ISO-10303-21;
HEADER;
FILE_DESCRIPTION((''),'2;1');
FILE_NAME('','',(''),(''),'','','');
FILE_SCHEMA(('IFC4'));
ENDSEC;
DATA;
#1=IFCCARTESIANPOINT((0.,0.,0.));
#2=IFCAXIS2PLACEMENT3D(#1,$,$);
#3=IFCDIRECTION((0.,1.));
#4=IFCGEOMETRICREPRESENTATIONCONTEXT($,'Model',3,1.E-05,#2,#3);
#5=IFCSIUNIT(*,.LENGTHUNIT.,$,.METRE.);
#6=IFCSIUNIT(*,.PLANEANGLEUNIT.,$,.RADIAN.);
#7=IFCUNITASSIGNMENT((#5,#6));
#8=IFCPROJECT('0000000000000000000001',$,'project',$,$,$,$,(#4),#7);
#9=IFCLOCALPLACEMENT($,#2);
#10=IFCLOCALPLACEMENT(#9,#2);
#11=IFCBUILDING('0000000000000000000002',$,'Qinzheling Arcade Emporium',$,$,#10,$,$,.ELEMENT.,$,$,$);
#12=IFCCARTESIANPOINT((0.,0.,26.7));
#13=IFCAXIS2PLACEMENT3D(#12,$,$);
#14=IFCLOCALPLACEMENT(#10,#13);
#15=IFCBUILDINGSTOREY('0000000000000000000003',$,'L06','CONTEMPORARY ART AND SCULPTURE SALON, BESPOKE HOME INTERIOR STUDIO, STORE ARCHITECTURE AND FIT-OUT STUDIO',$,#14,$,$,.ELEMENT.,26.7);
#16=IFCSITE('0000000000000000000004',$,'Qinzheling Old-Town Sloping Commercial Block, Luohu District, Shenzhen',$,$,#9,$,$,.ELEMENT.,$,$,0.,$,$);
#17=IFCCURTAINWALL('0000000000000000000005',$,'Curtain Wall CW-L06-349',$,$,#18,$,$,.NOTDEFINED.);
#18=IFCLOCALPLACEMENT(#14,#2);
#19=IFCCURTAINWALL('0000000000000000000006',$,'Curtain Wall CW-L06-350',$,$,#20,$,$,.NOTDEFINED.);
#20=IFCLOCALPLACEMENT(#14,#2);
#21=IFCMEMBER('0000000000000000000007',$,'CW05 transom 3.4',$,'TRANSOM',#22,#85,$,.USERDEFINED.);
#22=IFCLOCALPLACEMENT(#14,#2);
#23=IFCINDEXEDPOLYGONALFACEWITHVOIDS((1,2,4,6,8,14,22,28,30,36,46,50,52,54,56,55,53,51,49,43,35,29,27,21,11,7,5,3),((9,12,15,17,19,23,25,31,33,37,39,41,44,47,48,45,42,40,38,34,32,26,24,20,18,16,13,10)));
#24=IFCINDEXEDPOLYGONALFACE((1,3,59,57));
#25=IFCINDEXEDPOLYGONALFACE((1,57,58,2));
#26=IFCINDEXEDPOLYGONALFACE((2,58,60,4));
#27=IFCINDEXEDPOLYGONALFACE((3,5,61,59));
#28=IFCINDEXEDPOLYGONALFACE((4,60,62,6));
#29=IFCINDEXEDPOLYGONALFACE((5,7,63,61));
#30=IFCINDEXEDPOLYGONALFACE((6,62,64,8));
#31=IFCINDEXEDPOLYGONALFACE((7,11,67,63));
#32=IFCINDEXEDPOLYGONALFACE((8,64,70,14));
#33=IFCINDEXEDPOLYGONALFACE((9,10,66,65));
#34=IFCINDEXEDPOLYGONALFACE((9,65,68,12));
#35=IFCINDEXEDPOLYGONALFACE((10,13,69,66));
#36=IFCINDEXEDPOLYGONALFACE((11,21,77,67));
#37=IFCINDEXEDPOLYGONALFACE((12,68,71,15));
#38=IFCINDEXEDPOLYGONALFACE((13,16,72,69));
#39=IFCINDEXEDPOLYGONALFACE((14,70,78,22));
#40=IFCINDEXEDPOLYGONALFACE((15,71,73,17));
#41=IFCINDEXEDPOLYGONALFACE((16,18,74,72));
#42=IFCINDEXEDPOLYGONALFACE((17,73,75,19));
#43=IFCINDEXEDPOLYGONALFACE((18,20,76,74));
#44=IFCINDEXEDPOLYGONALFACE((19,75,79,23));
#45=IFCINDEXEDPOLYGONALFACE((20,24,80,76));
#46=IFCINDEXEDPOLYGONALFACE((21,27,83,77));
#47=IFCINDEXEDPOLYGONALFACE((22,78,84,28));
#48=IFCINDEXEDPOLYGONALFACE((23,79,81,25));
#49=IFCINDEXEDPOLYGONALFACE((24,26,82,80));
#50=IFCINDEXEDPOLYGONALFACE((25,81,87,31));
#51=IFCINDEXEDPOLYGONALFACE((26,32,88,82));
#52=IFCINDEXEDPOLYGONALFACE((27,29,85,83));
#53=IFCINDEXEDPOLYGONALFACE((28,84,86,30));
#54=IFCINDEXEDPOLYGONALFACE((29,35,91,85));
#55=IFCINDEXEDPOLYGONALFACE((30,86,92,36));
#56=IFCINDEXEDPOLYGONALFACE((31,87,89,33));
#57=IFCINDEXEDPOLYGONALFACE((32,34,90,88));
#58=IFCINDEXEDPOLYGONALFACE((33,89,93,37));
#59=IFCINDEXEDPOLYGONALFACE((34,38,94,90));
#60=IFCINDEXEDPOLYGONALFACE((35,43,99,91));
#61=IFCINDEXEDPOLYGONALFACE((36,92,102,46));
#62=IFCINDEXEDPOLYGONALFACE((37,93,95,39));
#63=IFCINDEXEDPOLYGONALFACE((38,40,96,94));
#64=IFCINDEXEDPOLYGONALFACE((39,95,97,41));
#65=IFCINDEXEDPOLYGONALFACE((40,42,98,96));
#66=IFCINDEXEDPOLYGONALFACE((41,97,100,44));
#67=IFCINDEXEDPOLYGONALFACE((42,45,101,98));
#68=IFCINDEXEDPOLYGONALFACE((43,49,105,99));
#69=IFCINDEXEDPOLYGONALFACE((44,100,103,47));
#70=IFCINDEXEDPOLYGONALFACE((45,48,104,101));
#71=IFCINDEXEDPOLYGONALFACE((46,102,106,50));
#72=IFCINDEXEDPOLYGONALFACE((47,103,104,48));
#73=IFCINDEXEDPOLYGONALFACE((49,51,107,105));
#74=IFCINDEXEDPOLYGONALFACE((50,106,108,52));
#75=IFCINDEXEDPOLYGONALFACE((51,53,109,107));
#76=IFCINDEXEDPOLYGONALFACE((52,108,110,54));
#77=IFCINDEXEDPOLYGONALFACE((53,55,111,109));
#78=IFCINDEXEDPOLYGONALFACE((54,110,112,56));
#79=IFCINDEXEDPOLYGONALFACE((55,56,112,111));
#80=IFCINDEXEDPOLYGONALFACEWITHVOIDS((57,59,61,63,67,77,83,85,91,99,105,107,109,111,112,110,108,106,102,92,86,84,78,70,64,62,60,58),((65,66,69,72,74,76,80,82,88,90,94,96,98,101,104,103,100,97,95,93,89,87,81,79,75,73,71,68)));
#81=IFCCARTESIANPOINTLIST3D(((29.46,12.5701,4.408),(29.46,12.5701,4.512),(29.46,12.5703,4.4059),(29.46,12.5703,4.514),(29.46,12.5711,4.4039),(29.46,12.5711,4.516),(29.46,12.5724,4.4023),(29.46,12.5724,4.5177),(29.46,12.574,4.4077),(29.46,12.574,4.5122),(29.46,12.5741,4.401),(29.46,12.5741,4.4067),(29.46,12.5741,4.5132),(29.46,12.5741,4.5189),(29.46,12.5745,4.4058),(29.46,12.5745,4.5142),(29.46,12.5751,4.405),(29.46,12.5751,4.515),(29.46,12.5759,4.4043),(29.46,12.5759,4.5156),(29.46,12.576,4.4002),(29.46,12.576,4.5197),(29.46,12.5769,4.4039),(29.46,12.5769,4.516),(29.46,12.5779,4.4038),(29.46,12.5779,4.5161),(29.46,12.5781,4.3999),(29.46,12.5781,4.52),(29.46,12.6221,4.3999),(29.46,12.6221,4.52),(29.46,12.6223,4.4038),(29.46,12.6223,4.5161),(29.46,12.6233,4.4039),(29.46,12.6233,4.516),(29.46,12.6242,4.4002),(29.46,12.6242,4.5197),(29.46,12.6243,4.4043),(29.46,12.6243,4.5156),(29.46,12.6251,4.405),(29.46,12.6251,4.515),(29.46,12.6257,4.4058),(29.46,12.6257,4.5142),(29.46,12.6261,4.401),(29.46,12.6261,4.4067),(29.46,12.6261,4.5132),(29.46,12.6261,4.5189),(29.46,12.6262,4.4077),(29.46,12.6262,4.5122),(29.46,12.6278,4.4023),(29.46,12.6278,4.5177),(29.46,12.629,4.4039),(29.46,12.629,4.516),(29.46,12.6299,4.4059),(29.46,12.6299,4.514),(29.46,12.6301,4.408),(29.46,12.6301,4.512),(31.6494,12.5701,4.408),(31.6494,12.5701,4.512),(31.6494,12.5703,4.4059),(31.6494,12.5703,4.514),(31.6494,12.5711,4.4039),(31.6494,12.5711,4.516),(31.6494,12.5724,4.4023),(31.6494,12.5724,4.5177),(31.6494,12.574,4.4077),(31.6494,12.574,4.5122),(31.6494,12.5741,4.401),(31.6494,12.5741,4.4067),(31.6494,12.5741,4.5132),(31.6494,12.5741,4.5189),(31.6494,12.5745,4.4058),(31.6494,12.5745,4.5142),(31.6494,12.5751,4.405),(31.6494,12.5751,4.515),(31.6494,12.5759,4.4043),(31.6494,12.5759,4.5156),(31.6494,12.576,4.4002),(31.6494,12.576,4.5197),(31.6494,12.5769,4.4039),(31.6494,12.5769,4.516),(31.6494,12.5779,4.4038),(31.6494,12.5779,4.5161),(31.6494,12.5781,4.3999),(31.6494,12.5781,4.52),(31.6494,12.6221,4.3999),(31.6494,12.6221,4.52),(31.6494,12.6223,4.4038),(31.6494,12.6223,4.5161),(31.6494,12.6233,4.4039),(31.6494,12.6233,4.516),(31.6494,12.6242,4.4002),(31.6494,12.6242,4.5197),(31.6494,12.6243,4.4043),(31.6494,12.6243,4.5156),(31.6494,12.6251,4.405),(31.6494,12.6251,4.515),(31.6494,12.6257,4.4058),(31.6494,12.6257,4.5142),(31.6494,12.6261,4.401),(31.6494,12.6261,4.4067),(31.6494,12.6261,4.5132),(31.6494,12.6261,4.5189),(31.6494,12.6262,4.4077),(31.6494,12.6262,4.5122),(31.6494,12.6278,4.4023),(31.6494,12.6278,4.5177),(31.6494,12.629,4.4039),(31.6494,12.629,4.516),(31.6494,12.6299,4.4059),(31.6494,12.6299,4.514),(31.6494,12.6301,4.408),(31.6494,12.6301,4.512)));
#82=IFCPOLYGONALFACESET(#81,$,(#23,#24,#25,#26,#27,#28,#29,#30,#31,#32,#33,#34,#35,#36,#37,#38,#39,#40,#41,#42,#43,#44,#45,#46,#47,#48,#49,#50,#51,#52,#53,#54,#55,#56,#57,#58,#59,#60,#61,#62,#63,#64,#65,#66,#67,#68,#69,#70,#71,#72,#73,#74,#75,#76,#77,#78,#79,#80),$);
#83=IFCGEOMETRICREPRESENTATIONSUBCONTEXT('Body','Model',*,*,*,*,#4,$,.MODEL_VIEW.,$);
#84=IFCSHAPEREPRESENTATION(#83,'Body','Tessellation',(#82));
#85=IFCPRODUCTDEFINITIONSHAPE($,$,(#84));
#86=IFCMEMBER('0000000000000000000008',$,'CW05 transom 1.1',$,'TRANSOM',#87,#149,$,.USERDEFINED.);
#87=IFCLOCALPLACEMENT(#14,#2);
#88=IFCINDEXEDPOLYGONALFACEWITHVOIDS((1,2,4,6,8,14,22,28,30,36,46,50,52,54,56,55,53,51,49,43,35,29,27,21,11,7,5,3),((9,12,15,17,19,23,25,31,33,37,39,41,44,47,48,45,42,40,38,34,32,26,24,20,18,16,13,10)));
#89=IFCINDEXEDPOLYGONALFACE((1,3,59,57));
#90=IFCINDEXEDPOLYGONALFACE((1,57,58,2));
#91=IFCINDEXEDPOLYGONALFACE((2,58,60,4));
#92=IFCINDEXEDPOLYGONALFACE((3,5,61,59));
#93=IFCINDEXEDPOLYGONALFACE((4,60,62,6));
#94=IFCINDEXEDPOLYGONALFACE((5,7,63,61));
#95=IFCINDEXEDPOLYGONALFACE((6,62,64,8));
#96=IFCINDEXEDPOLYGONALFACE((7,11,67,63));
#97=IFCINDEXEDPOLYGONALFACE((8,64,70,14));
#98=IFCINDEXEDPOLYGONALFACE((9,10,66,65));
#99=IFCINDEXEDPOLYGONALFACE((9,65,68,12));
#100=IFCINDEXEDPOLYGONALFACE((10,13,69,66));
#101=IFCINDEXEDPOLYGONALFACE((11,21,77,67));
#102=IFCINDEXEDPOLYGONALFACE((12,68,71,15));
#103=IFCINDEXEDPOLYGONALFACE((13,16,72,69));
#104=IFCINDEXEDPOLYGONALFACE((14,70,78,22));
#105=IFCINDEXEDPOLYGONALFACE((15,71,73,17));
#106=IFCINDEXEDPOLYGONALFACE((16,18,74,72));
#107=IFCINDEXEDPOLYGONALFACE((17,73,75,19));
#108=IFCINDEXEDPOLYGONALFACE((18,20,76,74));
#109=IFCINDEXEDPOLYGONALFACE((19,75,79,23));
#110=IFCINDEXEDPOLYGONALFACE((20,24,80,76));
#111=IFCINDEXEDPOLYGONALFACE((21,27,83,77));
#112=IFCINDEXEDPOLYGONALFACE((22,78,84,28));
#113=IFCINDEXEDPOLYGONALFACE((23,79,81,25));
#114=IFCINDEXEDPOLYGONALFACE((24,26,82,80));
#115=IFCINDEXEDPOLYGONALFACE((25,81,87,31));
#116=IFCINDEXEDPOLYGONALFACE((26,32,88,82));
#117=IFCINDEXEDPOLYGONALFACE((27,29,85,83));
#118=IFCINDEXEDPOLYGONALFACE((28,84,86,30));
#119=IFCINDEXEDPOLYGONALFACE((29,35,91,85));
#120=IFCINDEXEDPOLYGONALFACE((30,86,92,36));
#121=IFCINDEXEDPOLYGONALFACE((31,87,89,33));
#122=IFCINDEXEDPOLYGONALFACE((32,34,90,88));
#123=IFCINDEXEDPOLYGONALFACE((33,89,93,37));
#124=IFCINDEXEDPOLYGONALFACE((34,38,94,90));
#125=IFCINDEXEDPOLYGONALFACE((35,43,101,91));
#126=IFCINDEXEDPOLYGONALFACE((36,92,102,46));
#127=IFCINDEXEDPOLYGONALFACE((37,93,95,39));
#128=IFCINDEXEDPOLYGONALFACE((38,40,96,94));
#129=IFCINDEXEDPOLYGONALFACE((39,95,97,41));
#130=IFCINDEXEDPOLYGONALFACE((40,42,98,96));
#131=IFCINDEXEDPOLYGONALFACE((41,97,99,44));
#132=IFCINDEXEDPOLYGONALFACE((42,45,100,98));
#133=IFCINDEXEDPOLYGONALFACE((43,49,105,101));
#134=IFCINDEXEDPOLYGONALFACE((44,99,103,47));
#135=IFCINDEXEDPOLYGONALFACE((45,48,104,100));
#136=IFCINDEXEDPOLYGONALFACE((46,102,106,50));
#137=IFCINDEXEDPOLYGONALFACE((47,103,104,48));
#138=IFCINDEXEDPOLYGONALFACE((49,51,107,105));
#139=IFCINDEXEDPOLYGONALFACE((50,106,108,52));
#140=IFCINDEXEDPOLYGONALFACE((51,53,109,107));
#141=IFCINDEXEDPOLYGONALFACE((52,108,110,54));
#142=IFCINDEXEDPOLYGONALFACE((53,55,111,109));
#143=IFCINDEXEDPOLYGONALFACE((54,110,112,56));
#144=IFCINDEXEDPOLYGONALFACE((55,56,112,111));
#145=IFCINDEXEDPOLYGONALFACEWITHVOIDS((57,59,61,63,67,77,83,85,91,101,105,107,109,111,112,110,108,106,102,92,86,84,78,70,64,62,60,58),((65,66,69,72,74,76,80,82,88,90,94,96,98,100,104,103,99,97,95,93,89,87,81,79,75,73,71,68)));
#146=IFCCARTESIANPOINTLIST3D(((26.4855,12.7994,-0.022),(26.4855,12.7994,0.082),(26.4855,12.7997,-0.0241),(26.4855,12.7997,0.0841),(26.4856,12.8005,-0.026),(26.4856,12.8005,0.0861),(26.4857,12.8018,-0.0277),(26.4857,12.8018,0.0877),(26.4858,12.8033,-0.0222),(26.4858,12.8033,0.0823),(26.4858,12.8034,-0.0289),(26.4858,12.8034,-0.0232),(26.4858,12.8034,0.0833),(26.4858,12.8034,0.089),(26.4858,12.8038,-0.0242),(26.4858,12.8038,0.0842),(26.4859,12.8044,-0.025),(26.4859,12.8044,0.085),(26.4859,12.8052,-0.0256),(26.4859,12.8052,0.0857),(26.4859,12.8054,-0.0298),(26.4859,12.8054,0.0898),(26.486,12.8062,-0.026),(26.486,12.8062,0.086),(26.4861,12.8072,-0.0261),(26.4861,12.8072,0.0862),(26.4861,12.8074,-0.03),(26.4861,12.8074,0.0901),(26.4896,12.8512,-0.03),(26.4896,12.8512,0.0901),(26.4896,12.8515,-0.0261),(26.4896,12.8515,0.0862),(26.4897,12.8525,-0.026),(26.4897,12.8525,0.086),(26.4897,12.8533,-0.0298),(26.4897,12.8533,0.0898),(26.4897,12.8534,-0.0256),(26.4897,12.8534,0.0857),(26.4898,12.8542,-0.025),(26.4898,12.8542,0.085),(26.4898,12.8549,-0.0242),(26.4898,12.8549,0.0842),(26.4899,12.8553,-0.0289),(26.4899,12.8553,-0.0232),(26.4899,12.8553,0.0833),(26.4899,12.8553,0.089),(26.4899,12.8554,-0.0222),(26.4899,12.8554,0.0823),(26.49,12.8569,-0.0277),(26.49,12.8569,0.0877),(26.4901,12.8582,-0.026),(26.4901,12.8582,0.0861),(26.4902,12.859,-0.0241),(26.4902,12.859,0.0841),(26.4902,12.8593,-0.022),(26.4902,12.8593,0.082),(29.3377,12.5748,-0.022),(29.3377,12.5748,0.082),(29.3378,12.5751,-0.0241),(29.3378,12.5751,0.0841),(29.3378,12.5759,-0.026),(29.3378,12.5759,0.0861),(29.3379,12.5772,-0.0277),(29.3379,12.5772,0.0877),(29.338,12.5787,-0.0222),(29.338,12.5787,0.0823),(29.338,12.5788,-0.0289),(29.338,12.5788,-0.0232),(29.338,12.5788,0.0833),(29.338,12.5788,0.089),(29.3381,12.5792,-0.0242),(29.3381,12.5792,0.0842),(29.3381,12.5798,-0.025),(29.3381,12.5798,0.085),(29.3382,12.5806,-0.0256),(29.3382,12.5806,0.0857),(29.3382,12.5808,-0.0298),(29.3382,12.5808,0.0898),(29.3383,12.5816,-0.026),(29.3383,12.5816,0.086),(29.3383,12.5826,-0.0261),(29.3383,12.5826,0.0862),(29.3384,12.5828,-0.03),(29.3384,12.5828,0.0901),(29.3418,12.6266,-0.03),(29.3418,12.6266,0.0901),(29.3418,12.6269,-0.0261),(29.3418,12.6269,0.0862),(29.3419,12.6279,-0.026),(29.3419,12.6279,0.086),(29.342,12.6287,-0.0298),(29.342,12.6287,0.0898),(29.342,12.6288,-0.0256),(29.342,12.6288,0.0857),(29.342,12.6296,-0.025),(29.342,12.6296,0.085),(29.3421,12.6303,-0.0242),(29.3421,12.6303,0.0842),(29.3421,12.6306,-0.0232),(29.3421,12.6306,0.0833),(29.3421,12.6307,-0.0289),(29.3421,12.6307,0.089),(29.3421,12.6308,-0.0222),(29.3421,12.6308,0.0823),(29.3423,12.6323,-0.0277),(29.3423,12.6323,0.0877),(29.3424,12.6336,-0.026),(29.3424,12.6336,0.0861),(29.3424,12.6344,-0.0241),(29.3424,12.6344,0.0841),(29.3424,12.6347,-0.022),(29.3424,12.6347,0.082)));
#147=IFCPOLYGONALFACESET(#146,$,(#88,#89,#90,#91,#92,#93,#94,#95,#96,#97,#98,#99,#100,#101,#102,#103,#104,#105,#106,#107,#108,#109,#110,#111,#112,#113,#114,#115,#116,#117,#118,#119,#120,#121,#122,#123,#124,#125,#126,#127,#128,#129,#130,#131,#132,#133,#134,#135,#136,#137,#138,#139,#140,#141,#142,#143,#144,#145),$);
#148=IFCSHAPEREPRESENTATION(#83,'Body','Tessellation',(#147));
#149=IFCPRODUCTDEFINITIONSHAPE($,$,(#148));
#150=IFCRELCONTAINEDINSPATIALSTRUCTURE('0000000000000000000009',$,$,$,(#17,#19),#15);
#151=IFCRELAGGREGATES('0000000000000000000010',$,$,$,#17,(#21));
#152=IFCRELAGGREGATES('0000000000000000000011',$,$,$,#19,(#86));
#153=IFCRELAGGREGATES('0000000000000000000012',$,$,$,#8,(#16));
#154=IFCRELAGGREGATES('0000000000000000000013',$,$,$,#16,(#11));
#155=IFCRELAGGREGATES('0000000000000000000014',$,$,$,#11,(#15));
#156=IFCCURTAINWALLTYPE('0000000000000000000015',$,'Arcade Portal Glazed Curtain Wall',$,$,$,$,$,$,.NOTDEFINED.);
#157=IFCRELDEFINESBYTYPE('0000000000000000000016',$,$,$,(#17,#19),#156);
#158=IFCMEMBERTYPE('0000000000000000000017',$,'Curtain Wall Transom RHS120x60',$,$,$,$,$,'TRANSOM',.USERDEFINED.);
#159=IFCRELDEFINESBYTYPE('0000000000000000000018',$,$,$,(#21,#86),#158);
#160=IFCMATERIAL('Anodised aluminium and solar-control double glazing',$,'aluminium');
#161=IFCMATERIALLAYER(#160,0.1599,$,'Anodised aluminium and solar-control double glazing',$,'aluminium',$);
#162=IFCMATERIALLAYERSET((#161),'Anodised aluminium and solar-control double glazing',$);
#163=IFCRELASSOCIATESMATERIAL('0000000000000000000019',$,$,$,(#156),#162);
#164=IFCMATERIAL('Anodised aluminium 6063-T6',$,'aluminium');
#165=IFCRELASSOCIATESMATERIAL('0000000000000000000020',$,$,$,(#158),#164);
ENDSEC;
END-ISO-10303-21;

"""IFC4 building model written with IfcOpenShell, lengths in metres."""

from ifc_helpers import new_model, si_unit, direction, frame, origin, origin_2d, place, context, subcontext, project, spatial, hollow_rectangle, extrude, material, layer, layer_set, material_profile, profile_set, type_object, element, aggregate, save


model = new_model("IFC4")

# Units and contexts
model_context = context("Model", 3, precision=1e-05, world=origin(), true_north=direction((0.0, 1.0)))
body_context = subcontext(model_context, "Body", "Model", "MODEL_VIEW")
ifc_project = project(units=[si_unit("LENGTHUNIT", "METRE"), si_unit("PLANEANGLEUNIT", "RADIAN")], contexts=[model_context])

# Site, building, storey
site_placement = place(None, origin())
site = spatial("IfcSite", under=ifc_project, at=site_placement, Name="Qinzheling Old-Town Sloping Commercial Block, Luohu District, Shenzhen", CompositionType="ELEMENT", RefElevation=0.0)
building_placement = place(site_placement, origin())
building = spatial("IfcBuilding", under=site, at=building_placement, Name="Qinzheling Arcade Emporium", CompositionType="ELEMENT")
storey_placement = place(building_placement, frame((0.0, 0.0, 26.7)))
storey = spatial("IfcBuildingStorey", under=building, at=storey_placement, Name="L06", Description="CONTEMPORARY ART AND SCULPTURE SALON, BESPOKE HOME INTERIOR STUDIO, STORE ARCHITECTURE AND FIT-OUT STUDIO", CompositionType="ELEMENT", Elevation=26.7)

# Curtain walls
ifc_material_1 = material(Name="Anodised aluminium and solar-control double glazing", Category="aluminium")
ifc_layer_1 = layer(ifc_material_1, 0.1599, Name="Anodised aluminium and solar-control double glazing", Category="aluminium")
ifc_layer_set_1 = layer_set([ifc_layer_1], Name="Anodised aluminium and solar-control double glazing")
curtain_wall_type_1 = type_object("IfcCurtainWallType", Name="Arcade Portal Glazed Curtain Wall", PredefinedType="NOTDEFINED", material=ifc_layer_set_1)
curtain_wall_1_placement = place(storey_placement, origin())
curtain_wall_1 = element("IfcCurtainWall", 1, at=curtain_wall_1_placement, inside=storey, type_object=curtain_wall_type_1, Name="Curtain Wall CW-L06-349", PredefinedType="NOTDEFINED")
ifc_material_2 = material(Name="Anodised aluminium 6063-T6", Category="aluminium")
curtain_wall_2_placement = place(storey_placement, origin())
curtain_wall_2 = element("IfcCurtainWall", 2, at=curtain_wall_2_placement, inside=storey, type_object=curtain_wall_type_1, Name="Curtain Wall CW-L06-350", PredefinedType="NOTDEFINED")

# Members
ifc_material_profile_1 = material_profile(ifc_material_2, hollow_rectangle(XDim=0.0601, YDim=0.1201, WallThickness=0.0039, InnerFilletRadius=0.0039, OuterFilletRadius=0.0081, at=origin_2d()), Name="RHS 120x60x4", Category="aluminium")
ifc_profile_set_1 = profile_set([ifc_material_profile_1], Name="Anodised aluminium 6063-T6")
member_type_1 = type_object("IfcMemberType", Name="Curtain Wall Transom RHS120x60", ElementType="TRANSOM", PredefinedType="USERDEFINED", material=ifc_profile_set_1)
member_1_placement = place(storey_placement, frame((31.6494, 12.6001, 4.46), z_axis=(-1.0, 0.0, 0.0), x_axis=(0.0, -1.0, 0.0)))
member_1 = element("IfcMember", 3, at=member_1_placement, type_object=member_type_1, Name="CW05 transom 3.4", ObjectType="TRANSOM", PredefinedType="USERDEFINED", context=body_context, shape_type="SweptSolid", body=[
    extrude(hollow_rectangle(XDim=0.0601, YDim=0.1201, WallThickness=0.0039, InnerFilletRadius=0.0039, OuterFilletRadius=0.0081, at=origin_2d()), origin(), (0.0, 0.0, 1.0), 2.1895),
])
member_2_placement = place(storey_placement, frame((29.3401, 12.6047, 0.03), z_axis=(-0.996914, 0.078504, 0.0), x_axis=(-0.078504, -0.996914, 0.0)))
member_2 = element("IfcMember", 4, at=member_2_placement, type_object=member_type_1, Name="CW05 transom 1.1", ObjectType="TRANSOM", PredefinedType="USERDEFINED", context=body_context, shape_type="SweptSolid", body=[
    extrude(hollow_rectangle(XDim=0.0601, YDim=0.1201, WallThickness=0.0039, InnerFilletRadius=0.0039, OuterFilletRadius=0.0081, at=origin_2d()), origin(), (0.0, 0.0, 1.0), 2.8611),
])

aggregate(curtain_wall_1, [member_1])
aggregate(curtain_wall_2, [member_2])

save(model, "model.ifc")
